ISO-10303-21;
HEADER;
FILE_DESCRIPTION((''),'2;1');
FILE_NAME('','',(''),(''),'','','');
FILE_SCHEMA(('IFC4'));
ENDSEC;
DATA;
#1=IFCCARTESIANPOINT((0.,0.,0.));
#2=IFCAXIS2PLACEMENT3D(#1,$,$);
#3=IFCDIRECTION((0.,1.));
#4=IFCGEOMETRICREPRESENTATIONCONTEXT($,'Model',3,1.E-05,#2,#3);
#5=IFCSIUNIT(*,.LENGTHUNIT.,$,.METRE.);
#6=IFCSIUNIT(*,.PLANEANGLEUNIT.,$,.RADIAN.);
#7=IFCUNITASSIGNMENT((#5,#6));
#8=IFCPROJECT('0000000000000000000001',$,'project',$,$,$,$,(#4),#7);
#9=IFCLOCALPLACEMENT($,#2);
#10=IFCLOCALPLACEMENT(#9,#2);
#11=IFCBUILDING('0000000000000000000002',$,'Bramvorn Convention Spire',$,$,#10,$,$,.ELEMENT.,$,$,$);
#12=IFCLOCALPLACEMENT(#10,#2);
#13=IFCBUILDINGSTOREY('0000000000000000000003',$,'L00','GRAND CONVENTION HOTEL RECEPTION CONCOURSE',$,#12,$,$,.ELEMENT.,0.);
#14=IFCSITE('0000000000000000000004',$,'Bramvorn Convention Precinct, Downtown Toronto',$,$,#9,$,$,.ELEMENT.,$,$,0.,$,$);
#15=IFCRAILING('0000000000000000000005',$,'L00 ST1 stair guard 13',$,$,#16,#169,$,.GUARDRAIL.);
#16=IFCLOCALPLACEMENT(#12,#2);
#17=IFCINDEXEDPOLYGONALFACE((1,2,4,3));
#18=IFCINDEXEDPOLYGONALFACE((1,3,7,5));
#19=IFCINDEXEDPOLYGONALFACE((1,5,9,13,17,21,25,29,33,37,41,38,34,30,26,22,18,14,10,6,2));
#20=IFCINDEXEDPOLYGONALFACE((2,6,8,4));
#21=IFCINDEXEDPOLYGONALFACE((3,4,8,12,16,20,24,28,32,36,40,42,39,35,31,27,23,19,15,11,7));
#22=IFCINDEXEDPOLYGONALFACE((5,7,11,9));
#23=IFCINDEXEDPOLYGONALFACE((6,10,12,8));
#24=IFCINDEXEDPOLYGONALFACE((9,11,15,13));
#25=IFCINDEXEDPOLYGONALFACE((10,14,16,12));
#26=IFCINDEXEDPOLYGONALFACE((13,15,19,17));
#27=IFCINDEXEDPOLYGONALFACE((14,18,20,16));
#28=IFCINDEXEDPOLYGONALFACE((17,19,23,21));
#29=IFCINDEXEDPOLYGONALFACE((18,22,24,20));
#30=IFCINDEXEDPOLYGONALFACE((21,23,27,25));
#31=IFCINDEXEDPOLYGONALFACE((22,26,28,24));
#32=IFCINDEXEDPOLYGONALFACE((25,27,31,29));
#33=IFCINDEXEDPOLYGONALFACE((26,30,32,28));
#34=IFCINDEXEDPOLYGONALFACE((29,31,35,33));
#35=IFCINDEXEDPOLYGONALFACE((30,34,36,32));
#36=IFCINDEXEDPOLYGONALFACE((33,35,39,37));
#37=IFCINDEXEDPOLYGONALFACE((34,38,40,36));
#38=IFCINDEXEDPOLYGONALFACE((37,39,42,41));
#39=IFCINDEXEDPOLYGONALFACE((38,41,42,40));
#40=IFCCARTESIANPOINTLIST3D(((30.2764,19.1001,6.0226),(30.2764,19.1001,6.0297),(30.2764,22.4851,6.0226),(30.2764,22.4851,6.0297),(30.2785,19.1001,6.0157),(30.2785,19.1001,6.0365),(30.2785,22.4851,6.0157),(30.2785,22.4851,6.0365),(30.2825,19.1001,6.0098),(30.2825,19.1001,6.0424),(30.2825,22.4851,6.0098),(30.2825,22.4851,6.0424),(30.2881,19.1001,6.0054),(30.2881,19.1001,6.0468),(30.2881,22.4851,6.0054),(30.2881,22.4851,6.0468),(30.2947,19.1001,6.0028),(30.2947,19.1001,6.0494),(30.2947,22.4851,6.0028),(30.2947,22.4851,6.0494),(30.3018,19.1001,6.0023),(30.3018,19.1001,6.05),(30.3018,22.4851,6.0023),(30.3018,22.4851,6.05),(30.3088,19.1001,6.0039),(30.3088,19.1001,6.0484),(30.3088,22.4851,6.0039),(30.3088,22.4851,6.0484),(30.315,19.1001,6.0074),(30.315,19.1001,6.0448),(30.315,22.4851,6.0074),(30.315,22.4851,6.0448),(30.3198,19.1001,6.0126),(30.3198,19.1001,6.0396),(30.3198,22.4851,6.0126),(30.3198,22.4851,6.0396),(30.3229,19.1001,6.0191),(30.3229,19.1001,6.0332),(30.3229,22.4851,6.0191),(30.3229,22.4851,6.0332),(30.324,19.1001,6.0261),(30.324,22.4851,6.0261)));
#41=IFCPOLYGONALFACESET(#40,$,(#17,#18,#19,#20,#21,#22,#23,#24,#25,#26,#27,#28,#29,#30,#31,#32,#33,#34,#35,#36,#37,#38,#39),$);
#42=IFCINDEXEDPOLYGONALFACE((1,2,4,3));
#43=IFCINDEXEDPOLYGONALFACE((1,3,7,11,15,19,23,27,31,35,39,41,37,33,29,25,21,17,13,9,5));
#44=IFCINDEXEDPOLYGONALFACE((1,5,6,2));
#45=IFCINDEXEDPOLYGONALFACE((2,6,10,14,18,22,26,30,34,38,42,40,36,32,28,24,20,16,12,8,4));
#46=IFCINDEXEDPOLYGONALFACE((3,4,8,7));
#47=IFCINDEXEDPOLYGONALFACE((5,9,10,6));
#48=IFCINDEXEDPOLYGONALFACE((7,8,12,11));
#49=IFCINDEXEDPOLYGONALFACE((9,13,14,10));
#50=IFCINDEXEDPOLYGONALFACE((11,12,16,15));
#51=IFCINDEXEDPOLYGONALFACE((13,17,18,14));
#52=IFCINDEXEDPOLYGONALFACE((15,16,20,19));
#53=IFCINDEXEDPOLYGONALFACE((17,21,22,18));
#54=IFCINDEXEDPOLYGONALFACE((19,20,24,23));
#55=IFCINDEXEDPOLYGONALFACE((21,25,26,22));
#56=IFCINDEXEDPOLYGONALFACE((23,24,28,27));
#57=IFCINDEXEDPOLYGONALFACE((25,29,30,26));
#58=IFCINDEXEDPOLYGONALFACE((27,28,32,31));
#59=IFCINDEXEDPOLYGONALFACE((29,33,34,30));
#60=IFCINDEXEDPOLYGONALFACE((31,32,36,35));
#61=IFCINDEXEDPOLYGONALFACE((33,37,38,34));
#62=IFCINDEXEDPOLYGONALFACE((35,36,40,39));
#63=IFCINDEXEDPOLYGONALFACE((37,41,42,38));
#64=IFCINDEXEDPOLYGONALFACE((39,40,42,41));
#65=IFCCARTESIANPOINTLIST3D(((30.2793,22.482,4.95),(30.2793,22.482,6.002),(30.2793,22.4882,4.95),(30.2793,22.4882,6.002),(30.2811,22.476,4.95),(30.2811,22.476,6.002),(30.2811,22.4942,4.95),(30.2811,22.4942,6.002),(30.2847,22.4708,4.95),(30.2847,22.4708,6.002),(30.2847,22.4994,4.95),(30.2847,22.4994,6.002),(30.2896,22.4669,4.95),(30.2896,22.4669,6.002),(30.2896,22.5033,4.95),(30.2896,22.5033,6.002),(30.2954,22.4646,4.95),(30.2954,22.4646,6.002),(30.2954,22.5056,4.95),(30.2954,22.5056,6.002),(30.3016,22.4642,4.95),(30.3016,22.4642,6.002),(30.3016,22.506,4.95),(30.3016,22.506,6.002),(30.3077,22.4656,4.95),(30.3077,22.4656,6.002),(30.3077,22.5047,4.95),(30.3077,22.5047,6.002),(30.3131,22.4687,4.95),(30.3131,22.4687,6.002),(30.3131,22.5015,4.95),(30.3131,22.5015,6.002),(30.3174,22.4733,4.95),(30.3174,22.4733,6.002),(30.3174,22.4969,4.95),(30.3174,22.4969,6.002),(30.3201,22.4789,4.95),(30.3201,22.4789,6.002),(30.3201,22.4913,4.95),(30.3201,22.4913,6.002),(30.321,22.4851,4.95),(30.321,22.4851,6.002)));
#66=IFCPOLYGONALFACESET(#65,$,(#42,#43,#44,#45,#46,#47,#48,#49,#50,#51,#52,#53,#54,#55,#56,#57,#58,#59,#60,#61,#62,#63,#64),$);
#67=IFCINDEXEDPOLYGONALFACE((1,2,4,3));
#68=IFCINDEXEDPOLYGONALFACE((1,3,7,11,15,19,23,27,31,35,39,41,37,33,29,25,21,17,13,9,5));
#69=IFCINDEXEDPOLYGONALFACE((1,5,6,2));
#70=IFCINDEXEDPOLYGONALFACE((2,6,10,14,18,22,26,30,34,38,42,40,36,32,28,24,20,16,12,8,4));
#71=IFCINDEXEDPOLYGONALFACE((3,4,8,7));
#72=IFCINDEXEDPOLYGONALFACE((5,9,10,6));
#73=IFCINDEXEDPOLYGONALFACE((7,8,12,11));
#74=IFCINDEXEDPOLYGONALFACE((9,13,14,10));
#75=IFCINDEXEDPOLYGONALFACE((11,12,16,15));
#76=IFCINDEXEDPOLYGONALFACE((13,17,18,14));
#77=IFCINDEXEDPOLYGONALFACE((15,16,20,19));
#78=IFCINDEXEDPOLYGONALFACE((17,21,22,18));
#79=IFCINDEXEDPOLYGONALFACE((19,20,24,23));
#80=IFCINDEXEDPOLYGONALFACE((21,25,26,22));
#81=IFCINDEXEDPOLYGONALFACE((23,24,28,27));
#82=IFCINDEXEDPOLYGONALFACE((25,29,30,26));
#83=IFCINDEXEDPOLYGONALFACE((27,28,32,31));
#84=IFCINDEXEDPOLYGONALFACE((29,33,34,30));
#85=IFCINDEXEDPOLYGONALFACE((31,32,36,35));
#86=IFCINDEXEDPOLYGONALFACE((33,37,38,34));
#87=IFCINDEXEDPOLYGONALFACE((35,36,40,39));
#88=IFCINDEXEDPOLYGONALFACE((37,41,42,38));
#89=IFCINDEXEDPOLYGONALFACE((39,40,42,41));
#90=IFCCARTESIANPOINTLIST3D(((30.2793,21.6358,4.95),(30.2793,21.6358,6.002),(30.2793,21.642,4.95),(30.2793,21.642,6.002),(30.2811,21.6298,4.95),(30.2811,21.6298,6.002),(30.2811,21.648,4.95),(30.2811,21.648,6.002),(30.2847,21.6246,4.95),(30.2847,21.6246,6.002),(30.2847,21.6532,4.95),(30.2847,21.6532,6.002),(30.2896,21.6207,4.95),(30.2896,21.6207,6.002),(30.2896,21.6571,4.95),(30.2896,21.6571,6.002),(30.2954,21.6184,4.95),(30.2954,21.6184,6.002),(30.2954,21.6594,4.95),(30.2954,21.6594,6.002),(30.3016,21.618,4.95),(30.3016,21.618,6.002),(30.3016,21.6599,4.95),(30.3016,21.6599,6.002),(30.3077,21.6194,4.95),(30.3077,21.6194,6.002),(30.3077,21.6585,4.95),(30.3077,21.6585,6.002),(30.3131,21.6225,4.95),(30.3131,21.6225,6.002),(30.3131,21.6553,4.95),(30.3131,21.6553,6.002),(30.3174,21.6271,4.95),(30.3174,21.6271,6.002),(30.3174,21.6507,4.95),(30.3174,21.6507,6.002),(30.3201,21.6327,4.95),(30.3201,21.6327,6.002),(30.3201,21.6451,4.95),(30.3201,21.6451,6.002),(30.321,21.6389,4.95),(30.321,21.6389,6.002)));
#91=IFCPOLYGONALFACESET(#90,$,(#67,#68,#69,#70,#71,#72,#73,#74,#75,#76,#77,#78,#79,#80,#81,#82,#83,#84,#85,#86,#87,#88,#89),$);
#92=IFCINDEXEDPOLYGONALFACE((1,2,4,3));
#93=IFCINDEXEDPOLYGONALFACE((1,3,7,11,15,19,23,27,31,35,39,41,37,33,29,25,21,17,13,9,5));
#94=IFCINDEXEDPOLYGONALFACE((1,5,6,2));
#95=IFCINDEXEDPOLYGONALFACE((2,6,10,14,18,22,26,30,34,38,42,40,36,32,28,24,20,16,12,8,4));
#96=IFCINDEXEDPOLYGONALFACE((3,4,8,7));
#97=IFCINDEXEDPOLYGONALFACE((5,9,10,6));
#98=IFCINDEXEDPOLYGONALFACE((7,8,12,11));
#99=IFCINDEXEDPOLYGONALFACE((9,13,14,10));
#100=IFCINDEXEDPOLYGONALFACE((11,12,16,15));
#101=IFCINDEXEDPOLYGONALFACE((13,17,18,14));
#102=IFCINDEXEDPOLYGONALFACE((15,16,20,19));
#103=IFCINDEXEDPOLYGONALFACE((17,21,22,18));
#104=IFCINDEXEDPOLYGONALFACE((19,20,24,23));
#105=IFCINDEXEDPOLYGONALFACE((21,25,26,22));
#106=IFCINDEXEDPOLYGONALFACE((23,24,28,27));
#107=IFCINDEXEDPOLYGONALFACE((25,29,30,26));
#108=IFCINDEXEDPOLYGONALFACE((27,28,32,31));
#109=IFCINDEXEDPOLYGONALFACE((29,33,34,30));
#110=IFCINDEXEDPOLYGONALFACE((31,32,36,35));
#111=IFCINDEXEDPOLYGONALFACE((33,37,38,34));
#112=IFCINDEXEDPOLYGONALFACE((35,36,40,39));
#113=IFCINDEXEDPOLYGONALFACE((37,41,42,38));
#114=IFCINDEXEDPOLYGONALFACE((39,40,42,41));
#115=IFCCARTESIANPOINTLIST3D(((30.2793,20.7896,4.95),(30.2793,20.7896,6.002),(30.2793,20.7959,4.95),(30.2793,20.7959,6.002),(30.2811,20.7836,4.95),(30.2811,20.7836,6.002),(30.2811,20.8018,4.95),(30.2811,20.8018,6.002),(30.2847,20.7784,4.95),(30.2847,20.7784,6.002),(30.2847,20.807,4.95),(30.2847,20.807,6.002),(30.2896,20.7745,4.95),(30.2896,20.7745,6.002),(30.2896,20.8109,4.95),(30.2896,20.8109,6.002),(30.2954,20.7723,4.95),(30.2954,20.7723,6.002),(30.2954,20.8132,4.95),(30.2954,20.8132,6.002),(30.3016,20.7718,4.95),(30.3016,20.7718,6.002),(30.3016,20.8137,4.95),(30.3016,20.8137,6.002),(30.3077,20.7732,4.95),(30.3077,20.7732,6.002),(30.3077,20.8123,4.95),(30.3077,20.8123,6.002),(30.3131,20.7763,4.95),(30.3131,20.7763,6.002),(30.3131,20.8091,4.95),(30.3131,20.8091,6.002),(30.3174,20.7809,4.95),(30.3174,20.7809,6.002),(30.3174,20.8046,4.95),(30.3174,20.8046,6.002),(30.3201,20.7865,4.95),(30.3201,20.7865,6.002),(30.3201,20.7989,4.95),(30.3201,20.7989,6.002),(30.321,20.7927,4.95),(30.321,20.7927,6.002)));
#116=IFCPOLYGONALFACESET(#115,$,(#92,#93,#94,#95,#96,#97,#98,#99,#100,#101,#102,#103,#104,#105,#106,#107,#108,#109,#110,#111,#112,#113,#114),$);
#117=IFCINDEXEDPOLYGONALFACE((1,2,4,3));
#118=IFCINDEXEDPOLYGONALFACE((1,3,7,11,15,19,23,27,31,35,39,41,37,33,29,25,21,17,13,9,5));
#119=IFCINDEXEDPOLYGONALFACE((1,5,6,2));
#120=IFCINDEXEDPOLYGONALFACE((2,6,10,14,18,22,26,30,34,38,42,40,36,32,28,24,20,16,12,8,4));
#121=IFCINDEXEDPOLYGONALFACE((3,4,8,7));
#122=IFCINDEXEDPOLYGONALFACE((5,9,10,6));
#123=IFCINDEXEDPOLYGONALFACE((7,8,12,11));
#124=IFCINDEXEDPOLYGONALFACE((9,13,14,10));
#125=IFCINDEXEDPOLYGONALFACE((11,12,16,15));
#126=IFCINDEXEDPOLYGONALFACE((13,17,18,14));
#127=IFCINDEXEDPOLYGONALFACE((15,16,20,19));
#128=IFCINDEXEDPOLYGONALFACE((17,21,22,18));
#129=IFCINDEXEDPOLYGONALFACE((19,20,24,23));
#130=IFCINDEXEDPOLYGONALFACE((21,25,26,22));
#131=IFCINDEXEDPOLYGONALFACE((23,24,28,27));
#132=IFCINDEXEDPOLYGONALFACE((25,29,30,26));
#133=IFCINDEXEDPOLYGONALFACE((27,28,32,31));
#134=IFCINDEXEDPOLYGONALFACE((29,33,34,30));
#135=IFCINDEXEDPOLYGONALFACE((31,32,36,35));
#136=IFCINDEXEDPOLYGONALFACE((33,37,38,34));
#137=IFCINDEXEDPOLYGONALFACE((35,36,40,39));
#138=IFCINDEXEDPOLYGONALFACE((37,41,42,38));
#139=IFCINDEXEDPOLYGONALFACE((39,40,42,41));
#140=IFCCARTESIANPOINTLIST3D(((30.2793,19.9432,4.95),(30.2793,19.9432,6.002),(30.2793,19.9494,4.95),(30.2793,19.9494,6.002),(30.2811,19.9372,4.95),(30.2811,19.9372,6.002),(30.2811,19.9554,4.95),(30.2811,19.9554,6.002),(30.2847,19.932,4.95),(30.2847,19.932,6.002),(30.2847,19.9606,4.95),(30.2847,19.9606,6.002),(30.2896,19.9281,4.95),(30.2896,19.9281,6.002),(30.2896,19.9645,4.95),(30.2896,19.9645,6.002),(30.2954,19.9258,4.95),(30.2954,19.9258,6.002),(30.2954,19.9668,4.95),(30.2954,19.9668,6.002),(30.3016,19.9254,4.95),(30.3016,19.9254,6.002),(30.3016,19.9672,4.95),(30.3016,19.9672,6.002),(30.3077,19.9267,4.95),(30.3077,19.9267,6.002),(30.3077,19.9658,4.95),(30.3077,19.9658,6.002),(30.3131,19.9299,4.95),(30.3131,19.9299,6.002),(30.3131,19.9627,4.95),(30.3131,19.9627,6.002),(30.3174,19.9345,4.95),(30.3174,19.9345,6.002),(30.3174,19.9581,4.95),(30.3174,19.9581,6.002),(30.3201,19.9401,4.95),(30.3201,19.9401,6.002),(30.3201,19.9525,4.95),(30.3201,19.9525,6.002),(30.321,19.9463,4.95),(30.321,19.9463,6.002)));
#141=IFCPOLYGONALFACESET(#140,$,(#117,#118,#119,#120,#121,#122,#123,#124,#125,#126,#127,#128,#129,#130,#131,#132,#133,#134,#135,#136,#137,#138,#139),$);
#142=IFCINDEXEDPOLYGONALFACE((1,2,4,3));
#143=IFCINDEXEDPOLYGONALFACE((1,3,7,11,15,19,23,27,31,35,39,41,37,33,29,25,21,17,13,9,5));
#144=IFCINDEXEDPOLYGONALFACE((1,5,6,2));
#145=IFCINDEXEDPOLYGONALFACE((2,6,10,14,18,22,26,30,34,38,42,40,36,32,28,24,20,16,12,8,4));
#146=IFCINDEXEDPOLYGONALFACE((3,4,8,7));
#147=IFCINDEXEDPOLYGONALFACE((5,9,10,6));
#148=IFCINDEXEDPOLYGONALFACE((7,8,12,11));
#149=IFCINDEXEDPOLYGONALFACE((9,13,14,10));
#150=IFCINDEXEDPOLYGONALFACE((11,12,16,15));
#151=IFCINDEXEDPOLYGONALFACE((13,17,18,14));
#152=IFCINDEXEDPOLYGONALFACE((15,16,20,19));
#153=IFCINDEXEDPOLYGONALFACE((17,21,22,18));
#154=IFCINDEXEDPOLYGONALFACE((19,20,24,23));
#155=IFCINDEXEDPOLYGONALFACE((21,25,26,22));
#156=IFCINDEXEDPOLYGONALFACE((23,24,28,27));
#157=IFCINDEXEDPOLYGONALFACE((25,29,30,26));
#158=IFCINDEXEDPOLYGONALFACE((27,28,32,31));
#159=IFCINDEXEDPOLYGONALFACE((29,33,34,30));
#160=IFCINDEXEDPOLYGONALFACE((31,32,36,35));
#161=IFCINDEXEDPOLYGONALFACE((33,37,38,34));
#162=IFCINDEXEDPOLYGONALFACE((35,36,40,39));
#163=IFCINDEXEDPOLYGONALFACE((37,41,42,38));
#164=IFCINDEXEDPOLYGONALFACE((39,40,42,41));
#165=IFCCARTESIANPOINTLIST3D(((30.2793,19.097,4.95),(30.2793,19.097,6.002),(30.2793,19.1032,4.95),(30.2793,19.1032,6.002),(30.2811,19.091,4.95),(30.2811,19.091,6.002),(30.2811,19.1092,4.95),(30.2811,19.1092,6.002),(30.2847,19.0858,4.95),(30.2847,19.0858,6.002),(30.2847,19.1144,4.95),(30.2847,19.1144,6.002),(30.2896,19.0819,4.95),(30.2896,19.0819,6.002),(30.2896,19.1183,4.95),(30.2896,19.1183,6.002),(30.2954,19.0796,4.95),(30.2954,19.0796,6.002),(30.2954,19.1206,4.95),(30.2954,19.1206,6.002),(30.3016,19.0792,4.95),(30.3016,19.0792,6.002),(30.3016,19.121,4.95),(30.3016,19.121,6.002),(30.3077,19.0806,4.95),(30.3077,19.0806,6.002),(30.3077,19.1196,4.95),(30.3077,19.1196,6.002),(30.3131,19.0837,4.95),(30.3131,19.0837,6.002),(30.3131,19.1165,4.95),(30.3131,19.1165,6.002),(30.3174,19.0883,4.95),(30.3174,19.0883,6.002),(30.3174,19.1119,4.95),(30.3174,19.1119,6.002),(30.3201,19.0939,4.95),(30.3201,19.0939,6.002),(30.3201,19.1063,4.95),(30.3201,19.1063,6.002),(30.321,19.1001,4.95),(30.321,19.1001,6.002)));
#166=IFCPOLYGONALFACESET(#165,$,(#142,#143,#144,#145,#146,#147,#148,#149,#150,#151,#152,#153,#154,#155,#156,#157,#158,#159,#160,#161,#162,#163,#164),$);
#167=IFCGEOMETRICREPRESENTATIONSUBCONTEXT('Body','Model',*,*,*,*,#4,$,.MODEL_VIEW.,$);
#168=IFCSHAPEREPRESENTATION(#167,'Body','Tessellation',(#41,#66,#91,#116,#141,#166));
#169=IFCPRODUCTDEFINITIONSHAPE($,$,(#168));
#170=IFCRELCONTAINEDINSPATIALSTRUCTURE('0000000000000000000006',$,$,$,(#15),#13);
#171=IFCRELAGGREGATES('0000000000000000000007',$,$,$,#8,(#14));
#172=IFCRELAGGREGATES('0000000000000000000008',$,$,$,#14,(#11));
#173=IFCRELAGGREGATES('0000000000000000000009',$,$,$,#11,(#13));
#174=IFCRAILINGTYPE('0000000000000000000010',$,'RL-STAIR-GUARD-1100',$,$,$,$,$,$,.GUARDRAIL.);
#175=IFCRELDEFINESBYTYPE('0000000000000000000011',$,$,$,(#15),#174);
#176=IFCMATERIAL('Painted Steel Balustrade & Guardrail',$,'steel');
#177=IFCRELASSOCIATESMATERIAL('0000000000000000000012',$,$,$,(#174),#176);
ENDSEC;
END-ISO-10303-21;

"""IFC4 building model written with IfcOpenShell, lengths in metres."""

from ifc_helpers import new_model, si_unit, direction, frame, origin, origin_2d, place, context, subcontext, project, spatial, circle, extrude, material, type_object, element, save


model = new_model("IFC4")

# Units and contexts
model_context = context("Model", 3, precision=1e-05, world=origin(), true_north=direction((0.0, 1.0)))
body_context = subcontext(model_context, "Body", "Model", "MODEL_VIEW")
ifc_project = project(units=[si_unit("LENGTHUNIT", "METRE"), si_unit("PLANEANGLEUNIT", "RADIAN")], contexts=[model_context])

# Site, building, storey
site_placement = place(None, origin())
site = spatial("IfcSite", under=ifc_project, at=site_placement, Name="Bramvorn Convention Precinct, Downtown Toronto", CompositionType="ELEMENT", RefElevation=0.0)
building_placement = place(site_placement, origin())
building = spatial("IfcBuilding", under=site, at=building_placement, Name="Bramvorn Convention Spire", CompositionType="ELEMENT")
storey_placement = place(building_placement, origin())
storey = spatial("IfcBuildingStorey", under=building, at=storey_placement, Name="L00", Description="GRAND CONVENTION HOTEL RECEPTION CONCOURSE", CompositionType="ELEMENT", Elevation=0.0)

# Railing
ifc_material_1 = material(Name="Painted Steel Balustrade & Guardrail", Category="steel")
railing_type_1 = type_object("IfcRailingType", Name="RL-STAIR-GUARD-1100", PredefinedType="GUARDRAIL", material=ifc_material_1)
for number, where, name in (
    (1, (30.3, 22.4851, 4.95), "L00 ST1 stair guard 13"),
):
    element("IfcRailing", number, at=place(storey_placement, frame(where)), inside=storey, type_object=railing_type_1, Name=name, PredefinedType="GUARDRAIL", context=body_context, shape_type="SweptSolid", body=[
        extrude(circle(Radius=0.0239, at=origin_2d()), frame((0.0, 0.0, 1.0762), z_axis=(0.0, -1.0, 0.0), x_axis=(1.0, 0.0, 0.0)), (0.0, 0.0, 1.0), 3.385),
        extrude(circle(Radius=0.021, at=origin_2d()), origin(), (0.0, 0.0, 1.0), 1.052),
        extrude(circle(Radius=0.021, at=origin_2d()), frame((0.0, -0.8462, 0.0)), (0.0, 0.0, 1.0), 1.052),
        extrude(circle(Radius=0.021, at=origin_2d()), frame((0.0, -1.6924, 0.0)), (0.0, 0.0, 1.0), 1.052),
        extrude(circle(Radius=0.021, at=origin_2d()), frame((0.0, -2.5388, 0.0)), (0.0, 0.0, 1.0), 1.052),
        extrude(circle(Radius=0.021, at=origin_2d()), frame((0.0, -3.385, 0.0)), (0.0, 0.0, 1.0), 1.052),
    ])

save(model, "model.ifc")
